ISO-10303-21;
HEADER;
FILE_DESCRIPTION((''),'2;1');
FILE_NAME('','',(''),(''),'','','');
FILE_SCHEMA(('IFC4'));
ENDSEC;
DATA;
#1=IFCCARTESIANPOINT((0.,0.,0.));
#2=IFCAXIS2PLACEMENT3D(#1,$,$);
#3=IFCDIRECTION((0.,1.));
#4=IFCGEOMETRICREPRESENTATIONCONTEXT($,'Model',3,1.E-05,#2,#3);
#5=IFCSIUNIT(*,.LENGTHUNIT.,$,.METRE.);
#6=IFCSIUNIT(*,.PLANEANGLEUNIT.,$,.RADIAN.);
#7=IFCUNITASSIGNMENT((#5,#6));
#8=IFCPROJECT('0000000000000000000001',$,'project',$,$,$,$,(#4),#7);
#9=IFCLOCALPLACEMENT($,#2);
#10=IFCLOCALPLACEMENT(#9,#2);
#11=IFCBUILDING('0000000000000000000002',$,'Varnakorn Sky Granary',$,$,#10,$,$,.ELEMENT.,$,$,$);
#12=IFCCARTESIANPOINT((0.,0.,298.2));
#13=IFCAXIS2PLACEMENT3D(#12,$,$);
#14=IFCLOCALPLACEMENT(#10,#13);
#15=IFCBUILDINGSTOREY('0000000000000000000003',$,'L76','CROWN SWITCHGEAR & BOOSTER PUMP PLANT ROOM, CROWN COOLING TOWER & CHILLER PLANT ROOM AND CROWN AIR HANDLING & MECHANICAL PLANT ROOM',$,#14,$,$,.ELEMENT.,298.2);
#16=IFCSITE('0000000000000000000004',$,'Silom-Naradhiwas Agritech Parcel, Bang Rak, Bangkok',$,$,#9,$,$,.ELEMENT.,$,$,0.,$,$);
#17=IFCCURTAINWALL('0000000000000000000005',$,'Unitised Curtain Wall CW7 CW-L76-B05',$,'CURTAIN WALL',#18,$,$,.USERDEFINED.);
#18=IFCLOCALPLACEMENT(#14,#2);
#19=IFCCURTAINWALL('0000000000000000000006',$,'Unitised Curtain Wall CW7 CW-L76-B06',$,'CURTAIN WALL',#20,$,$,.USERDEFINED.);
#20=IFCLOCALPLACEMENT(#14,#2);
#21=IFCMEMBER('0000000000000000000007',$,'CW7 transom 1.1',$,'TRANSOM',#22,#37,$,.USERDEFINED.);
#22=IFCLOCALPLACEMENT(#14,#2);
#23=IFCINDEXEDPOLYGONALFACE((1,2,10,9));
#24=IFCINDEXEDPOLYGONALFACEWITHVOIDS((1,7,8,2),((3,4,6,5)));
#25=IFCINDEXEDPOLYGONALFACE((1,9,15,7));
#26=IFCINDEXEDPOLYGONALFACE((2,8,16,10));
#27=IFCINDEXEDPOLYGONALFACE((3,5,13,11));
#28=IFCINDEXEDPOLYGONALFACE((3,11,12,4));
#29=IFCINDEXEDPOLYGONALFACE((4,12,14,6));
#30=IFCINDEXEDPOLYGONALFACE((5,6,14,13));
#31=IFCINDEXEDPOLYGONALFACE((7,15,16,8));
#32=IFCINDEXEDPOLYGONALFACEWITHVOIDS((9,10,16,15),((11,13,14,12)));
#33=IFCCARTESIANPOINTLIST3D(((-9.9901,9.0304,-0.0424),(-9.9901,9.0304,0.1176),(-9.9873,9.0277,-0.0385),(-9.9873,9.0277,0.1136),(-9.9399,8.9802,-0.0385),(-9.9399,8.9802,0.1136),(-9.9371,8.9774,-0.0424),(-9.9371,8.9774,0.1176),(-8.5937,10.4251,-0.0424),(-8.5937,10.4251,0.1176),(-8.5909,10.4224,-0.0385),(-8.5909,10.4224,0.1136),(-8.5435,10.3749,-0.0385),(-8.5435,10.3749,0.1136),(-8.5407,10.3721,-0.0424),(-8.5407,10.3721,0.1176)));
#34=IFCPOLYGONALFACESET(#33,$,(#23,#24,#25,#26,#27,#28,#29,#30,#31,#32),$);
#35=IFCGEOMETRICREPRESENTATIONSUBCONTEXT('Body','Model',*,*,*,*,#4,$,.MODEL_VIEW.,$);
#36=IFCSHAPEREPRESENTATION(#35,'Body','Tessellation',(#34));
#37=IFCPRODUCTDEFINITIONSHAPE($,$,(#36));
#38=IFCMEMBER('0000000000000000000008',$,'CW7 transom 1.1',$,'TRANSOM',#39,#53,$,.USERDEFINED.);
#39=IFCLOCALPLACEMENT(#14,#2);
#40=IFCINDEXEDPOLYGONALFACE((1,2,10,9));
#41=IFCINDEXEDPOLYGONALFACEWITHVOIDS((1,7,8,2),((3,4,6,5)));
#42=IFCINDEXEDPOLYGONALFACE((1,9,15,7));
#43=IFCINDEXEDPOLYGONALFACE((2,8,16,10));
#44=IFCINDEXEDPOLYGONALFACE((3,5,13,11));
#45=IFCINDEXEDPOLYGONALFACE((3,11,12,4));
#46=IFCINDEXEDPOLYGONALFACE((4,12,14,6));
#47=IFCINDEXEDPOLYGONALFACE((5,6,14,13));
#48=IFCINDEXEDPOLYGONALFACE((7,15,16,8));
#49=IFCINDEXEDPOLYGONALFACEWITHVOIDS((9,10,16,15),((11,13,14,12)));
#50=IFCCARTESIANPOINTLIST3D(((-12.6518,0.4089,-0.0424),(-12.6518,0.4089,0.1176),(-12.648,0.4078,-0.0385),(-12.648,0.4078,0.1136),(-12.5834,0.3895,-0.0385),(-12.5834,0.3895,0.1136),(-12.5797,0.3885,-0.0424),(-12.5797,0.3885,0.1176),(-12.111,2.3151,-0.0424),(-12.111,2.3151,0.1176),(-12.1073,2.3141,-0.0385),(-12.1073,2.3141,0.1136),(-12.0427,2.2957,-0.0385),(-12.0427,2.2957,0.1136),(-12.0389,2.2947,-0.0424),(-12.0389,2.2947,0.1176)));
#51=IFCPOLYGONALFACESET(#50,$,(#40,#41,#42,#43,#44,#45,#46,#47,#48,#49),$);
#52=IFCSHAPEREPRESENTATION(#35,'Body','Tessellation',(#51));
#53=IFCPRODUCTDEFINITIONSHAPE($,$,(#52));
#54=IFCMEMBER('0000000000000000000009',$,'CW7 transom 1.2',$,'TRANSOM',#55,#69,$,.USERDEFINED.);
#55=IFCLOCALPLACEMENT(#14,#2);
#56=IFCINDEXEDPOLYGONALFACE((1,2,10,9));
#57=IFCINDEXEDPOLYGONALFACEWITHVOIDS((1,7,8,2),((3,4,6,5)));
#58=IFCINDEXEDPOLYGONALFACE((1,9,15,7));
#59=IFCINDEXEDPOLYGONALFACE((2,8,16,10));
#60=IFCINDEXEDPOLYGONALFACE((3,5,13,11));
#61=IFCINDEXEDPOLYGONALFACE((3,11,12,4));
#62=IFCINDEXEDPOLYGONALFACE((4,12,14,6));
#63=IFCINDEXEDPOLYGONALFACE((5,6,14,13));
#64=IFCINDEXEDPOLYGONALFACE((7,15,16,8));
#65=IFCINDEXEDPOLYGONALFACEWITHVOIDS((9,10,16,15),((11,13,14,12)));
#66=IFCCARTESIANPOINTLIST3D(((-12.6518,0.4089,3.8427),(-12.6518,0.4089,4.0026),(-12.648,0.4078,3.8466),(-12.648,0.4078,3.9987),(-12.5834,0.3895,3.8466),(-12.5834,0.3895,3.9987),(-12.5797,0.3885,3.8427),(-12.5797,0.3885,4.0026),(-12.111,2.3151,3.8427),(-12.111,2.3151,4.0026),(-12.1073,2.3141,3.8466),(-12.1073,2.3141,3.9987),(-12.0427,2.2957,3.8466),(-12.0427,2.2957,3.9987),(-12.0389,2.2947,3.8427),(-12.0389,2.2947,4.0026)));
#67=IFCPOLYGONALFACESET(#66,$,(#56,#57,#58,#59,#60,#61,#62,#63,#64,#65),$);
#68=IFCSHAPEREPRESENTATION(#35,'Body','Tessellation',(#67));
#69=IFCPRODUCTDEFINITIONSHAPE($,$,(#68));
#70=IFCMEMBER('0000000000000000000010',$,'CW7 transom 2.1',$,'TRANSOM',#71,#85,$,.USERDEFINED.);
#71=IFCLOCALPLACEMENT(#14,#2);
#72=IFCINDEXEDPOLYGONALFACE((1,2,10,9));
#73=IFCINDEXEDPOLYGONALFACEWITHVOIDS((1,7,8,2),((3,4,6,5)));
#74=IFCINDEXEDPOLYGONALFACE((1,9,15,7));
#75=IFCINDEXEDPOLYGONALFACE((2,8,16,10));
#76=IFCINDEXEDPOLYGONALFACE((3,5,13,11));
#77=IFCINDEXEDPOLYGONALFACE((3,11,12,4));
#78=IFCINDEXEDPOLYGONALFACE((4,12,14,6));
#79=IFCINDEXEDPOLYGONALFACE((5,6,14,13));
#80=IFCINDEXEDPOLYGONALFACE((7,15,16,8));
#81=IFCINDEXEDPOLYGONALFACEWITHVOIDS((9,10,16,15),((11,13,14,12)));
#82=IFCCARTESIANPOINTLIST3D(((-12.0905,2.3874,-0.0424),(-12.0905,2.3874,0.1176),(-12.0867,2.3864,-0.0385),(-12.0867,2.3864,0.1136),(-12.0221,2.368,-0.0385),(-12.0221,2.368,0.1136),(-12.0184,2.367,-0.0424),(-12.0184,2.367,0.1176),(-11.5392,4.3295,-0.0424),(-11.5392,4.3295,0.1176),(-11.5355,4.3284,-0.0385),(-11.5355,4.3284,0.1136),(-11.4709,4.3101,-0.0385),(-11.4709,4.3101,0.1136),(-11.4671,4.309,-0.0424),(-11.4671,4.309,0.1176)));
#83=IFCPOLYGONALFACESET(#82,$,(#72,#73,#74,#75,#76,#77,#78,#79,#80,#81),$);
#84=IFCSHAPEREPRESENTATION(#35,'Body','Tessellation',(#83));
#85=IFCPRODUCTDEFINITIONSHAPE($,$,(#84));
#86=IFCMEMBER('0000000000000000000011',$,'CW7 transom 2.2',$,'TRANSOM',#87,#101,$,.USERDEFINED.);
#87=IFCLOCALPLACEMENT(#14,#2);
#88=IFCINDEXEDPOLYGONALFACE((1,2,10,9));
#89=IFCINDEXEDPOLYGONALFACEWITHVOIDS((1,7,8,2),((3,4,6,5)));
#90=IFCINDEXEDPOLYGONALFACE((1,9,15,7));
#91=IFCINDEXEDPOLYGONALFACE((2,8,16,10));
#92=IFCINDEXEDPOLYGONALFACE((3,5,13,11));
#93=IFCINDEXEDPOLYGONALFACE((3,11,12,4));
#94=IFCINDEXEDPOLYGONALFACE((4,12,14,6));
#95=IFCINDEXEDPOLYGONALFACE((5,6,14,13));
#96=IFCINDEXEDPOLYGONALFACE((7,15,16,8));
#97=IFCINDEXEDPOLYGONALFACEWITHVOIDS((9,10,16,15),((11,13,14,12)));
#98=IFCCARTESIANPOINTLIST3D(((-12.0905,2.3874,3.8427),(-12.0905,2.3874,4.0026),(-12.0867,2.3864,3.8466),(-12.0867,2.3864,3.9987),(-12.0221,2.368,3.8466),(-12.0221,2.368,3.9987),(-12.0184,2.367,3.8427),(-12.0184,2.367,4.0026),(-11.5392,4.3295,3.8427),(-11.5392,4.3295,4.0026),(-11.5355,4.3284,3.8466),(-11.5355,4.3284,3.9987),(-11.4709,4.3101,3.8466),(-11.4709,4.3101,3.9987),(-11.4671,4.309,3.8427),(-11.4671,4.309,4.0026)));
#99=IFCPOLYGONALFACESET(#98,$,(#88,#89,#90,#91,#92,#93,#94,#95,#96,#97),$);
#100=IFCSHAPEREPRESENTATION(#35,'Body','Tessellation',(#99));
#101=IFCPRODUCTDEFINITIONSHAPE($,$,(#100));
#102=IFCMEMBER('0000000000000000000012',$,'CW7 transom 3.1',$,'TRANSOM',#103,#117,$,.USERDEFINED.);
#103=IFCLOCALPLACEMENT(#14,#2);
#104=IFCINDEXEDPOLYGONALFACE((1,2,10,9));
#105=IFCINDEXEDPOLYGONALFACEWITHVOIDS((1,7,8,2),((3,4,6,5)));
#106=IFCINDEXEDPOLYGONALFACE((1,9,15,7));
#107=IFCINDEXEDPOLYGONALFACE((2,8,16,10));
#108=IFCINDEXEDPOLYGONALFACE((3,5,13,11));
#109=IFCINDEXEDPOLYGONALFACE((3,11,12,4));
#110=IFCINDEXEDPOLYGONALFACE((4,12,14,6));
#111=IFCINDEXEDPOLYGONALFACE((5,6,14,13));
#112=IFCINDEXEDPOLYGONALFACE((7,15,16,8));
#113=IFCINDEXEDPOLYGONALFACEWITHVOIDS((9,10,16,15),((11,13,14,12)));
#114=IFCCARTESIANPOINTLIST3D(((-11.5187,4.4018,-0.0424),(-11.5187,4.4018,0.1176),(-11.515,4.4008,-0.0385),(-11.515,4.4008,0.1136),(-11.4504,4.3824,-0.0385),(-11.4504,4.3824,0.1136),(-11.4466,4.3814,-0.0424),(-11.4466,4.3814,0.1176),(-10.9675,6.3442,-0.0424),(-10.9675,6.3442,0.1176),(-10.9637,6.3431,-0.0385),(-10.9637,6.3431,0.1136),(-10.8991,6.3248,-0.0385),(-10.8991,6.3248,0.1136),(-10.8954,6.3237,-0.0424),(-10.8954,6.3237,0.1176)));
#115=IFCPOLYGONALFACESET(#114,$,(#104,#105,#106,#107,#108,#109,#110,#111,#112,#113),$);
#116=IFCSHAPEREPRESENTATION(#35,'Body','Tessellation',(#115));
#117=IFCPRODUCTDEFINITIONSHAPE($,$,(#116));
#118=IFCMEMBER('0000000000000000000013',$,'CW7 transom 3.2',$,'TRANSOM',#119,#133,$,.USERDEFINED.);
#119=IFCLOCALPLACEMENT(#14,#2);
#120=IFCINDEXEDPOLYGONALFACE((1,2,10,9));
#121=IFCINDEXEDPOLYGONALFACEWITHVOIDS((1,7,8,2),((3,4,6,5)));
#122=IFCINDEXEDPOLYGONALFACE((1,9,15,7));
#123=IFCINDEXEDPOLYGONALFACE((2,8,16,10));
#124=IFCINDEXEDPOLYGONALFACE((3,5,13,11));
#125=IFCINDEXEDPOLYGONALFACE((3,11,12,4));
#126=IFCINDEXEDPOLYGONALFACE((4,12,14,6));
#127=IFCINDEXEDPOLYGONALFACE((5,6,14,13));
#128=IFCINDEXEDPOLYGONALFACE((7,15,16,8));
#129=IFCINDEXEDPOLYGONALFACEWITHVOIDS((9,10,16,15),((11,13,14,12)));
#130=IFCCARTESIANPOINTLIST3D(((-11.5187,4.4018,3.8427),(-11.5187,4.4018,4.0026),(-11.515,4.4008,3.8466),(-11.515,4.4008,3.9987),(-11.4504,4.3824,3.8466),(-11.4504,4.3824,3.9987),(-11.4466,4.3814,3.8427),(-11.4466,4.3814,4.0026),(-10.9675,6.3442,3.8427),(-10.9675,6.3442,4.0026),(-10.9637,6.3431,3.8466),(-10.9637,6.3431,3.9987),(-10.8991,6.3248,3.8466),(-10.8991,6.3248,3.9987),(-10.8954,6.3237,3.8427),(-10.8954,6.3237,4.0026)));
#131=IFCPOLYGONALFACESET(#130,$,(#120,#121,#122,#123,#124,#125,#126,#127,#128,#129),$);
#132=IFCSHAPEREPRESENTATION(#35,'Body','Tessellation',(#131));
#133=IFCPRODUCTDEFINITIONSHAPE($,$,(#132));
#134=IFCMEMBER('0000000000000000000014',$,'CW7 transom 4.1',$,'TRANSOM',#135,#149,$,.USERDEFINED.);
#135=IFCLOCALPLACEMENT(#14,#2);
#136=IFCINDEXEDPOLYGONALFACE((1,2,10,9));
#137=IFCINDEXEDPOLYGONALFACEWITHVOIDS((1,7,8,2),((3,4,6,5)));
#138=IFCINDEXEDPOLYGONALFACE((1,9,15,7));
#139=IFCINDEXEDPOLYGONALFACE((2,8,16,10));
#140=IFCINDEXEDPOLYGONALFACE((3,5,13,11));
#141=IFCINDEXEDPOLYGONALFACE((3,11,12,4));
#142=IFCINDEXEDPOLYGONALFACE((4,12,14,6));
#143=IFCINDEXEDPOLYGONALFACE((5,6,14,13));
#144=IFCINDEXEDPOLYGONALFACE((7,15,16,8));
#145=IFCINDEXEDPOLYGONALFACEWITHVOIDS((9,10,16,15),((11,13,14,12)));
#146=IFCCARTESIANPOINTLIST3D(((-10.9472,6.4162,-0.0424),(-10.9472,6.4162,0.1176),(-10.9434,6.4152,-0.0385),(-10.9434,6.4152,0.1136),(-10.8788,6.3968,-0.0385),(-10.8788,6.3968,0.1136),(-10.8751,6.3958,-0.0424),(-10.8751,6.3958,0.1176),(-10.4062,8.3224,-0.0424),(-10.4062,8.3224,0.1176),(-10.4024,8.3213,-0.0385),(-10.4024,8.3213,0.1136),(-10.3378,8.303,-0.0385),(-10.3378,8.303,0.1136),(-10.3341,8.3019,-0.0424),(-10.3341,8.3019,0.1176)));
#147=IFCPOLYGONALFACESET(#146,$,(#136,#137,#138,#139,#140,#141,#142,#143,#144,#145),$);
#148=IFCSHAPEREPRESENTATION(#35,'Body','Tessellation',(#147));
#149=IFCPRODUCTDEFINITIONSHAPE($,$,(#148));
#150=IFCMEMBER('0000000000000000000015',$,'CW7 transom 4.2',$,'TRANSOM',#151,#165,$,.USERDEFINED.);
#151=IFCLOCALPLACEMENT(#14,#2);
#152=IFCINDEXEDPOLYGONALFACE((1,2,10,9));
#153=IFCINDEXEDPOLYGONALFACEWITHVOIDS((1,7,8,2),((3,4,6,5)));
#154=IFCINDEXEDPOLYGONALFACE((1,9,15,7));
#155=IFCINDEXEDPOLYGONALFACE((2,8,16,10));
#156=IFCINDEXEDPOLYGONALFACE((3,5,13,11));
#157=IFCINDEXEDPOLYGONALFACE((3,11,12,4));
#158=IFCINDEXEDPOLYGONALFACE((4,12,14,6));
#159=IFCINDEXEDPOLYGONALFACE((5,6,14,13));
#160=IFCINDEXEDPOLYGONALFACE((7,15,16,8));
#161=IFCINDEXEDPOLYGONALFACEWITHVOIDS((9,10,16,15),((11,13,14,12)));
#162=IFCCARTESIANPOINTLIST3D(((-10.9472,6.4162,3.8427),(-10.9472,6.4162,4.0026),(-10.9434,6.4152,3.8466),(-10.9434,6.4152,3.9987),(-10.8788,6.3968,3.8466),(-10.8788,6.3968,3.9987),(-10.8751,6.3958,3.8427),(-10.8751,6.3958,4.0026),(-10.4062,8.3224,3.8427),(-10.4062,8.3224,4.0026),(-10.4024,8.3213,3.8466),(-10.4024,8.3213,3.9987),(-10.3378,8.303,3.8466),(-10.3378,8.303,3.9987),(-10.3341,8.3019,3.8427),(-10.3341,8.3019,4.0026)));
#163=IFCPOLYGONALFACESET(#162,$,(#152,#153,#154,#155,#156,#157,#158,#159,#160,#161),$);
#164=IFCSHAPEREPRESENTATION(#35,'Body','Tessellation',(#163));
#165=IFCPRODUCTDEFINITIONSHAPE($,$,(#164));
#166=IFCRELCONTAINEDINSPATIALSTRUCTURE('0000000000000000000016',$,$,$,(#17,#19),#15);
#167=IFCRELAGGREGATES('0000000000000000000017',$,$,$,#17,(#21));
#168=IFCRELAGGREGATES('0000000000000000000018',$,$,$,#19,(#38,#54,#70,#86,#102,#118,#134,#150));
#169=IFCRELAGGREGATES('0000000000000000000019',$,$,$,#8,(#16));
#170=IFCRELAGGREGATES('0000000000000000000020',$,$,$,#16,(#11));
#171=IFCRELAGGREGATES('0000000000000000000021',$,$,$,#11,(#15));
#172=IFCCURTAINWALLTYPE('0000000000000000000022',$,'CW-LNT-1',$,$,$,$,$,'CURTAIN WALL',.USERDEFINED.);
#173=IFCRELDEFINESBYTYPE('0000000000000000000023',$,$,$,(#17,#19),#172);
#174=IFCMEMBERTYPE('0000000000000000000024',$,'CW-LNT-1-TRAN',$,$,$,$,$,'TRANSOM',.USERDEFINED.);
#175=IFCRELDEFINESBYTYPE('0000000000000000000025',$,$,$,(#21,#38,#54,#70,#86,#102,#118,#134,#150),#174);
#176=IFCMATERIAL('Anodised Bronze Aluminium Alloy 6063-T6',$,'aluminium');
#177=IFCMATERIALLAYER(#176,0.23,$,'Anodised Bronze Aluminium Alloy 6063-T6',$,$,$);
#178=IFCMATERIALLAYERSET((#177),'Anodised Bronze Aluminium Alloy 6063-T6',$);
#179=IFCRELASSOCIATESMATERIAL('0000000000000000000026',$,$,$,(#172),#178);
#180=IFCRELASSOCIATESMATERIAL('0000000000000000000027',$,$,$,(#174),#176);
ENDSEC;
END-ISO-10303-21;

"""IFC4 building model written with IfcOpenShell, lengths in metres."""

from ifc_helpers import new_model, si_unit, direction, frame, origin, origin_2d, place, context, subcontext, project, spatial, hollow_rectangle, extrude, material, layer, layer_set, material_profile, profile_set, type_object, element, aggregate, save


model = new_model("IFC4")

# Units and contexts
model_context = context("Model", 3, precision=1e-05, world=origin(), true_north=direction((0.0, 1.0)))
body_context = subcontext(model_context, "Body", "Model", "MODEL_VIEW")
ifc_project = project(units=[si_unit("LENGTHUNIT", "METRE"), si_unit("PLANEANGLEUNIT", "RADIAN")], contexts=[model_context])

# Site, building, storey
site_placement = place(None, origin())
site = spatial("IfcSite", under=ifc_project, at=site_placement, Name="Silom-Naradhiwas Agritech Parcel, Bang Rak, Bangkok", CompositionType="ELEMENT", RefElevation=0.0)
building_placement = place(site_placement, origin())
building = spatial("IfcBuilding", under=site, at=building_placement, Name="Varnakorn Sky Granary", CompositionType="ELEMENT")
storey_placement = place(building_placement, frame((0.0, 0.0, 298.2)))
storey = spatial("IfcBuildingStorey", under=building, at=storey_placement, Name="L76", Description="CROWN SWITCHGEAR & BOOSTER PUMP PLANT ROOM, CROWN COOLING TOWER & CHILLER PLANT ROOM AND CROWN AIR HANDLING & MECHANICAL PLANT ROOM", CompositionType="ELEMENT", Elevation=298.2)

# Curtain wall
ifc_material_1 = material(Name="Anodised Bronze Aluminium Alloy 6063-T6", Category="aluminium")
ifc_layer_1 = layer(ifc_material_1, 0.23, Name="Anodised Bronze Aluminium Alloy 6063-T6")
ifc_layer_set_1 = layer_set([ifc_layer_1], Name="Anodised Bronze Aluminium Alloy 6063-T6")
curtain_wall_type = type_object("IfcCurtainWallType", Name="CW-LNT-1", ElementType="CURTAIN WALL", PredefinedType="USERDEFINED", material=ifc_layer_set_1)
curtain_wall_1_placement = place(storey_placement, origin())
curtain_wall_1 = element("IfcCurtainWall", 1, at=curtain_wall_1_placement, inside=storey, type_object=curtain_wall_type, Name="Unitised Curtain Wall CW7 CW-L76-B05", ObjectType="CURTAIN WALL", PredefinedType="USERDEFINED")

# Curtain wall
curtain_wall_2_placement = place(storey_placement, origin())
curtain_wall_2 = element("IfcCurtainWall", 2, at=curtain_wall_2_placement, inside=storey, type_object=curtain_wall_type, Name="Unitised Curtain Wall CW7 CW-L76-B06", ObjectType="CURTAIN WALL", PredefinedType="USERDEFINED")

# Members
ifc_material_profile_1 = material_profile(ifc_material_1, hollow_rectangle(XDim=0.075, YDim=0.1599, WallThickness=0.0039, at=origin_2d()), Name="ALU TRAN 75x160")
ifc_profile_set_1 = profile_set([ifc_material_profile_1], Name="Anodised Bronze Aluminium Alloy 6063-T6")
member_type_1 = type_object("IfcMemberType", Name="CW-LNT-1-TRAN", ElementType="TRANSOM", PredefinedType="USERDEFINED", material=ifc_profile_set_1)
member_1_placement = place(storey_placement, frame((-9.9636, 9.0039, 0.0376), z_axis=(0.70754, 0.706674, 0.0), x_axis=(-0.706674, 0.70754, 0.0)))
member_1 = element("IfcMember", 3, at=member_1_placement, type_object=member_type_1, Name="CW7 transom 1.1", ObjectType="TRANSOM", PredefinedType="USERDEFINED", context=body_context, shape_type="SweptSolid", body=[
    extrude(hollow_rectangle(XDim=0.075, YDim=0.1599, WallThickness=0.0039, at=origin_2d()), origin(), (0.0, 0.0, 1.0), 1.9736),
])
aggregate(curtain_wall_1, [member_1])
member_2_placement = place(storey_placement, frame((-12.6157, 0.3987, 0.0376), z_axis=(0.272914, 0.962038, 0.0), x_axis=(-0.962038, 0.272914, 0.0)))
member_2 = element("IfcMember", 4, at=member_2_placement, type_object=member_type_1, Name="CW7 transom 1.1", ObjectType="TRANSOM", PredefinedType="USERDEFINED", context=body_context, shape_type="SweptSolid", body=[
    extrude(hollow_rectangle(XDim=0.075, YDim=0.1599, WallThickness=0.0039, at=origin_2d()), origin(), (0.0, 0.0, 1.0), 1.9814),
])
member_3_placement = place(storey_placement, frame((-12.6157, 0.3987, 3.9226), z_axis=(0.272914, 0.962038, 0.0), x_axis=(-0.962038, 0.272914, 0.0)))
member_3 = element("IfcMember", 5, at=member_3_placement, type_object=member_type_1, Name="CW7 transom 1.2", ObjectType="TRANSOM", PredefinedType="USERDEFINED", context=body_context, shape_type="SweptSolid", body=[
    extrude(hollow_rectangle(XDim=0.075, YDim=0.1599, WallThickness=0.0039, at=origin_2d()), origin(), (0.0, 0.0, 1.0), 1.9814),
])
member_4_placement = place(storey_placement, frame((-12.0544, 2.3772, 0.0376), z_axis=(0.27306, 0.961997, 0.0), x_axis=(-0.961997, 0.27306, 0.0)))
member_4 = element("IfcMember", 6, at=member_4_placement, type_object=member_type_1, Name="CW7 transom 2.1", ObjectType="TRANSOM", PredefinedType="USERDEFINED", context=body_context, shape_type="SweptSolid", body=[
    extrude(hollow_rectangle(XDim=0.075, YDim=0.1599, WallThickness=0.0039, at=origin_2d()), origin(), (0.0, 0.0, 1.0), 2.0188),
])
member_5_placement = place(storey_placement, frame((-12.0544, 2.3772, 3.9226), z_axis=(0.27306, 0.961997, 0.0), x_axis=(-0.961997, 0.27306, 0.0)))
member_5 = element("IfcMember", 7, at=member_5_placement, type_object=member_type_1, Name="CW7 transom 2.2", ObjectType="TRANSOM", PredefinedType="USERDEFINED", context=body_context, shape_type="SweptSolid", body=[
    extrude(hollow_rectangle(XDim=0.075, YDim=0.1599, WallThickness=0.0039, at=origin_2d()), origin(), (0.0, 0.0, 1.0), 2.0188),
])
member_6_placement = place(storey_placement, frame((-11.4827, 4.3916, 0.0376), z_axis=(0.273028, 0.962006, 0.0), x_axis=(-0.962006, 0.273028, 0.0)))
member_6 = element("IfcMember", 8, at=member_6_placement, type_object=member_type_1, Name="CW7 transom 3.1", ObjectType="TRANSOM", PredefinedType="USERDEFINED", context=body_context, shape_type="SweptSolid", body=[
    extrude(hollow_rectangle(XDim=0.075, YDim=0.1599, WallThickness=0.0039, at=origin_2d()), origin(), (0.0, 0.0, 1.0), 2.019),
])
member_7_placement = place(storey_placement, frame((-11.4827, 4.3916, 3.9226), z_axis=(0.273028, 0.962006, 0.0), x_axis=(-0.962006, 0.273028, 0.0)))
member_7 = element("IfcMember", 9, at=member_7_placement, type_object=member_type_1, Name="CW7 transom 3.2", ObjectType="TRANSOM", PredefinedType="USERDEFINED", context=body_context, shape_type="SweptSolid", body=[
    extrude(hollow_rectangle(XDim=0.075, YDim=0.1599, WallThickness=0.0039, at=origin_2d()), origin(), (0.0, 0.0, 1.0), 2.019),
])
member_8_placement = place(storey_placement, frame((-10.9111, 6.406, 0.0376), z_axis=(0.273028, 0.962006, 0.0), x_axis=(-0.962006, 0.273028, 0.0)))
member_8 = element("IfcMember", 10, at=member_8_placement, type_object=member_type_1, Name="CW7 transom 4.1", ObjectType="TRANSOM", PredefinedType="USERDEFINED", context=body_context, shape_type="SweptSolid", body=[
    extrude(hollow_rectangle(XDim=0.075, YDim=0.1599, WallThickness=0.0039, at=origin_2d()), origin(), (0.0, 0.0, 1.0), 1.9814),
])
member_9_placement = place(storey_placement, frame((-10.9111, 6.406, 3.9226), z_axis=(0.273028, 0.962006, 0.0), x_axis=(-0.962006, 0.273028, 0.0)))
member_9 = element("IfcMember", 11, at=member_9_placement, type_object=member_type_1, Name="CW7 transom 4.2", ObjectType="TRANSOM", PredefinedType="USERDEFINED", context=body_context, shape_type="SweptSolid", body=[
    extrude(hollow_rectangle(XDim=0.075, YDim=0.1599, WallThickness=0.0039, at=origin_2d()), origin(), (0.0, 0.0, 1.0), 1.9814),
])

aggregate(curtain_wall_2, [member_2, member_3, member_4, member_5, member_6, member_7, member_8, member_9])

save(model, "model.ifc")
